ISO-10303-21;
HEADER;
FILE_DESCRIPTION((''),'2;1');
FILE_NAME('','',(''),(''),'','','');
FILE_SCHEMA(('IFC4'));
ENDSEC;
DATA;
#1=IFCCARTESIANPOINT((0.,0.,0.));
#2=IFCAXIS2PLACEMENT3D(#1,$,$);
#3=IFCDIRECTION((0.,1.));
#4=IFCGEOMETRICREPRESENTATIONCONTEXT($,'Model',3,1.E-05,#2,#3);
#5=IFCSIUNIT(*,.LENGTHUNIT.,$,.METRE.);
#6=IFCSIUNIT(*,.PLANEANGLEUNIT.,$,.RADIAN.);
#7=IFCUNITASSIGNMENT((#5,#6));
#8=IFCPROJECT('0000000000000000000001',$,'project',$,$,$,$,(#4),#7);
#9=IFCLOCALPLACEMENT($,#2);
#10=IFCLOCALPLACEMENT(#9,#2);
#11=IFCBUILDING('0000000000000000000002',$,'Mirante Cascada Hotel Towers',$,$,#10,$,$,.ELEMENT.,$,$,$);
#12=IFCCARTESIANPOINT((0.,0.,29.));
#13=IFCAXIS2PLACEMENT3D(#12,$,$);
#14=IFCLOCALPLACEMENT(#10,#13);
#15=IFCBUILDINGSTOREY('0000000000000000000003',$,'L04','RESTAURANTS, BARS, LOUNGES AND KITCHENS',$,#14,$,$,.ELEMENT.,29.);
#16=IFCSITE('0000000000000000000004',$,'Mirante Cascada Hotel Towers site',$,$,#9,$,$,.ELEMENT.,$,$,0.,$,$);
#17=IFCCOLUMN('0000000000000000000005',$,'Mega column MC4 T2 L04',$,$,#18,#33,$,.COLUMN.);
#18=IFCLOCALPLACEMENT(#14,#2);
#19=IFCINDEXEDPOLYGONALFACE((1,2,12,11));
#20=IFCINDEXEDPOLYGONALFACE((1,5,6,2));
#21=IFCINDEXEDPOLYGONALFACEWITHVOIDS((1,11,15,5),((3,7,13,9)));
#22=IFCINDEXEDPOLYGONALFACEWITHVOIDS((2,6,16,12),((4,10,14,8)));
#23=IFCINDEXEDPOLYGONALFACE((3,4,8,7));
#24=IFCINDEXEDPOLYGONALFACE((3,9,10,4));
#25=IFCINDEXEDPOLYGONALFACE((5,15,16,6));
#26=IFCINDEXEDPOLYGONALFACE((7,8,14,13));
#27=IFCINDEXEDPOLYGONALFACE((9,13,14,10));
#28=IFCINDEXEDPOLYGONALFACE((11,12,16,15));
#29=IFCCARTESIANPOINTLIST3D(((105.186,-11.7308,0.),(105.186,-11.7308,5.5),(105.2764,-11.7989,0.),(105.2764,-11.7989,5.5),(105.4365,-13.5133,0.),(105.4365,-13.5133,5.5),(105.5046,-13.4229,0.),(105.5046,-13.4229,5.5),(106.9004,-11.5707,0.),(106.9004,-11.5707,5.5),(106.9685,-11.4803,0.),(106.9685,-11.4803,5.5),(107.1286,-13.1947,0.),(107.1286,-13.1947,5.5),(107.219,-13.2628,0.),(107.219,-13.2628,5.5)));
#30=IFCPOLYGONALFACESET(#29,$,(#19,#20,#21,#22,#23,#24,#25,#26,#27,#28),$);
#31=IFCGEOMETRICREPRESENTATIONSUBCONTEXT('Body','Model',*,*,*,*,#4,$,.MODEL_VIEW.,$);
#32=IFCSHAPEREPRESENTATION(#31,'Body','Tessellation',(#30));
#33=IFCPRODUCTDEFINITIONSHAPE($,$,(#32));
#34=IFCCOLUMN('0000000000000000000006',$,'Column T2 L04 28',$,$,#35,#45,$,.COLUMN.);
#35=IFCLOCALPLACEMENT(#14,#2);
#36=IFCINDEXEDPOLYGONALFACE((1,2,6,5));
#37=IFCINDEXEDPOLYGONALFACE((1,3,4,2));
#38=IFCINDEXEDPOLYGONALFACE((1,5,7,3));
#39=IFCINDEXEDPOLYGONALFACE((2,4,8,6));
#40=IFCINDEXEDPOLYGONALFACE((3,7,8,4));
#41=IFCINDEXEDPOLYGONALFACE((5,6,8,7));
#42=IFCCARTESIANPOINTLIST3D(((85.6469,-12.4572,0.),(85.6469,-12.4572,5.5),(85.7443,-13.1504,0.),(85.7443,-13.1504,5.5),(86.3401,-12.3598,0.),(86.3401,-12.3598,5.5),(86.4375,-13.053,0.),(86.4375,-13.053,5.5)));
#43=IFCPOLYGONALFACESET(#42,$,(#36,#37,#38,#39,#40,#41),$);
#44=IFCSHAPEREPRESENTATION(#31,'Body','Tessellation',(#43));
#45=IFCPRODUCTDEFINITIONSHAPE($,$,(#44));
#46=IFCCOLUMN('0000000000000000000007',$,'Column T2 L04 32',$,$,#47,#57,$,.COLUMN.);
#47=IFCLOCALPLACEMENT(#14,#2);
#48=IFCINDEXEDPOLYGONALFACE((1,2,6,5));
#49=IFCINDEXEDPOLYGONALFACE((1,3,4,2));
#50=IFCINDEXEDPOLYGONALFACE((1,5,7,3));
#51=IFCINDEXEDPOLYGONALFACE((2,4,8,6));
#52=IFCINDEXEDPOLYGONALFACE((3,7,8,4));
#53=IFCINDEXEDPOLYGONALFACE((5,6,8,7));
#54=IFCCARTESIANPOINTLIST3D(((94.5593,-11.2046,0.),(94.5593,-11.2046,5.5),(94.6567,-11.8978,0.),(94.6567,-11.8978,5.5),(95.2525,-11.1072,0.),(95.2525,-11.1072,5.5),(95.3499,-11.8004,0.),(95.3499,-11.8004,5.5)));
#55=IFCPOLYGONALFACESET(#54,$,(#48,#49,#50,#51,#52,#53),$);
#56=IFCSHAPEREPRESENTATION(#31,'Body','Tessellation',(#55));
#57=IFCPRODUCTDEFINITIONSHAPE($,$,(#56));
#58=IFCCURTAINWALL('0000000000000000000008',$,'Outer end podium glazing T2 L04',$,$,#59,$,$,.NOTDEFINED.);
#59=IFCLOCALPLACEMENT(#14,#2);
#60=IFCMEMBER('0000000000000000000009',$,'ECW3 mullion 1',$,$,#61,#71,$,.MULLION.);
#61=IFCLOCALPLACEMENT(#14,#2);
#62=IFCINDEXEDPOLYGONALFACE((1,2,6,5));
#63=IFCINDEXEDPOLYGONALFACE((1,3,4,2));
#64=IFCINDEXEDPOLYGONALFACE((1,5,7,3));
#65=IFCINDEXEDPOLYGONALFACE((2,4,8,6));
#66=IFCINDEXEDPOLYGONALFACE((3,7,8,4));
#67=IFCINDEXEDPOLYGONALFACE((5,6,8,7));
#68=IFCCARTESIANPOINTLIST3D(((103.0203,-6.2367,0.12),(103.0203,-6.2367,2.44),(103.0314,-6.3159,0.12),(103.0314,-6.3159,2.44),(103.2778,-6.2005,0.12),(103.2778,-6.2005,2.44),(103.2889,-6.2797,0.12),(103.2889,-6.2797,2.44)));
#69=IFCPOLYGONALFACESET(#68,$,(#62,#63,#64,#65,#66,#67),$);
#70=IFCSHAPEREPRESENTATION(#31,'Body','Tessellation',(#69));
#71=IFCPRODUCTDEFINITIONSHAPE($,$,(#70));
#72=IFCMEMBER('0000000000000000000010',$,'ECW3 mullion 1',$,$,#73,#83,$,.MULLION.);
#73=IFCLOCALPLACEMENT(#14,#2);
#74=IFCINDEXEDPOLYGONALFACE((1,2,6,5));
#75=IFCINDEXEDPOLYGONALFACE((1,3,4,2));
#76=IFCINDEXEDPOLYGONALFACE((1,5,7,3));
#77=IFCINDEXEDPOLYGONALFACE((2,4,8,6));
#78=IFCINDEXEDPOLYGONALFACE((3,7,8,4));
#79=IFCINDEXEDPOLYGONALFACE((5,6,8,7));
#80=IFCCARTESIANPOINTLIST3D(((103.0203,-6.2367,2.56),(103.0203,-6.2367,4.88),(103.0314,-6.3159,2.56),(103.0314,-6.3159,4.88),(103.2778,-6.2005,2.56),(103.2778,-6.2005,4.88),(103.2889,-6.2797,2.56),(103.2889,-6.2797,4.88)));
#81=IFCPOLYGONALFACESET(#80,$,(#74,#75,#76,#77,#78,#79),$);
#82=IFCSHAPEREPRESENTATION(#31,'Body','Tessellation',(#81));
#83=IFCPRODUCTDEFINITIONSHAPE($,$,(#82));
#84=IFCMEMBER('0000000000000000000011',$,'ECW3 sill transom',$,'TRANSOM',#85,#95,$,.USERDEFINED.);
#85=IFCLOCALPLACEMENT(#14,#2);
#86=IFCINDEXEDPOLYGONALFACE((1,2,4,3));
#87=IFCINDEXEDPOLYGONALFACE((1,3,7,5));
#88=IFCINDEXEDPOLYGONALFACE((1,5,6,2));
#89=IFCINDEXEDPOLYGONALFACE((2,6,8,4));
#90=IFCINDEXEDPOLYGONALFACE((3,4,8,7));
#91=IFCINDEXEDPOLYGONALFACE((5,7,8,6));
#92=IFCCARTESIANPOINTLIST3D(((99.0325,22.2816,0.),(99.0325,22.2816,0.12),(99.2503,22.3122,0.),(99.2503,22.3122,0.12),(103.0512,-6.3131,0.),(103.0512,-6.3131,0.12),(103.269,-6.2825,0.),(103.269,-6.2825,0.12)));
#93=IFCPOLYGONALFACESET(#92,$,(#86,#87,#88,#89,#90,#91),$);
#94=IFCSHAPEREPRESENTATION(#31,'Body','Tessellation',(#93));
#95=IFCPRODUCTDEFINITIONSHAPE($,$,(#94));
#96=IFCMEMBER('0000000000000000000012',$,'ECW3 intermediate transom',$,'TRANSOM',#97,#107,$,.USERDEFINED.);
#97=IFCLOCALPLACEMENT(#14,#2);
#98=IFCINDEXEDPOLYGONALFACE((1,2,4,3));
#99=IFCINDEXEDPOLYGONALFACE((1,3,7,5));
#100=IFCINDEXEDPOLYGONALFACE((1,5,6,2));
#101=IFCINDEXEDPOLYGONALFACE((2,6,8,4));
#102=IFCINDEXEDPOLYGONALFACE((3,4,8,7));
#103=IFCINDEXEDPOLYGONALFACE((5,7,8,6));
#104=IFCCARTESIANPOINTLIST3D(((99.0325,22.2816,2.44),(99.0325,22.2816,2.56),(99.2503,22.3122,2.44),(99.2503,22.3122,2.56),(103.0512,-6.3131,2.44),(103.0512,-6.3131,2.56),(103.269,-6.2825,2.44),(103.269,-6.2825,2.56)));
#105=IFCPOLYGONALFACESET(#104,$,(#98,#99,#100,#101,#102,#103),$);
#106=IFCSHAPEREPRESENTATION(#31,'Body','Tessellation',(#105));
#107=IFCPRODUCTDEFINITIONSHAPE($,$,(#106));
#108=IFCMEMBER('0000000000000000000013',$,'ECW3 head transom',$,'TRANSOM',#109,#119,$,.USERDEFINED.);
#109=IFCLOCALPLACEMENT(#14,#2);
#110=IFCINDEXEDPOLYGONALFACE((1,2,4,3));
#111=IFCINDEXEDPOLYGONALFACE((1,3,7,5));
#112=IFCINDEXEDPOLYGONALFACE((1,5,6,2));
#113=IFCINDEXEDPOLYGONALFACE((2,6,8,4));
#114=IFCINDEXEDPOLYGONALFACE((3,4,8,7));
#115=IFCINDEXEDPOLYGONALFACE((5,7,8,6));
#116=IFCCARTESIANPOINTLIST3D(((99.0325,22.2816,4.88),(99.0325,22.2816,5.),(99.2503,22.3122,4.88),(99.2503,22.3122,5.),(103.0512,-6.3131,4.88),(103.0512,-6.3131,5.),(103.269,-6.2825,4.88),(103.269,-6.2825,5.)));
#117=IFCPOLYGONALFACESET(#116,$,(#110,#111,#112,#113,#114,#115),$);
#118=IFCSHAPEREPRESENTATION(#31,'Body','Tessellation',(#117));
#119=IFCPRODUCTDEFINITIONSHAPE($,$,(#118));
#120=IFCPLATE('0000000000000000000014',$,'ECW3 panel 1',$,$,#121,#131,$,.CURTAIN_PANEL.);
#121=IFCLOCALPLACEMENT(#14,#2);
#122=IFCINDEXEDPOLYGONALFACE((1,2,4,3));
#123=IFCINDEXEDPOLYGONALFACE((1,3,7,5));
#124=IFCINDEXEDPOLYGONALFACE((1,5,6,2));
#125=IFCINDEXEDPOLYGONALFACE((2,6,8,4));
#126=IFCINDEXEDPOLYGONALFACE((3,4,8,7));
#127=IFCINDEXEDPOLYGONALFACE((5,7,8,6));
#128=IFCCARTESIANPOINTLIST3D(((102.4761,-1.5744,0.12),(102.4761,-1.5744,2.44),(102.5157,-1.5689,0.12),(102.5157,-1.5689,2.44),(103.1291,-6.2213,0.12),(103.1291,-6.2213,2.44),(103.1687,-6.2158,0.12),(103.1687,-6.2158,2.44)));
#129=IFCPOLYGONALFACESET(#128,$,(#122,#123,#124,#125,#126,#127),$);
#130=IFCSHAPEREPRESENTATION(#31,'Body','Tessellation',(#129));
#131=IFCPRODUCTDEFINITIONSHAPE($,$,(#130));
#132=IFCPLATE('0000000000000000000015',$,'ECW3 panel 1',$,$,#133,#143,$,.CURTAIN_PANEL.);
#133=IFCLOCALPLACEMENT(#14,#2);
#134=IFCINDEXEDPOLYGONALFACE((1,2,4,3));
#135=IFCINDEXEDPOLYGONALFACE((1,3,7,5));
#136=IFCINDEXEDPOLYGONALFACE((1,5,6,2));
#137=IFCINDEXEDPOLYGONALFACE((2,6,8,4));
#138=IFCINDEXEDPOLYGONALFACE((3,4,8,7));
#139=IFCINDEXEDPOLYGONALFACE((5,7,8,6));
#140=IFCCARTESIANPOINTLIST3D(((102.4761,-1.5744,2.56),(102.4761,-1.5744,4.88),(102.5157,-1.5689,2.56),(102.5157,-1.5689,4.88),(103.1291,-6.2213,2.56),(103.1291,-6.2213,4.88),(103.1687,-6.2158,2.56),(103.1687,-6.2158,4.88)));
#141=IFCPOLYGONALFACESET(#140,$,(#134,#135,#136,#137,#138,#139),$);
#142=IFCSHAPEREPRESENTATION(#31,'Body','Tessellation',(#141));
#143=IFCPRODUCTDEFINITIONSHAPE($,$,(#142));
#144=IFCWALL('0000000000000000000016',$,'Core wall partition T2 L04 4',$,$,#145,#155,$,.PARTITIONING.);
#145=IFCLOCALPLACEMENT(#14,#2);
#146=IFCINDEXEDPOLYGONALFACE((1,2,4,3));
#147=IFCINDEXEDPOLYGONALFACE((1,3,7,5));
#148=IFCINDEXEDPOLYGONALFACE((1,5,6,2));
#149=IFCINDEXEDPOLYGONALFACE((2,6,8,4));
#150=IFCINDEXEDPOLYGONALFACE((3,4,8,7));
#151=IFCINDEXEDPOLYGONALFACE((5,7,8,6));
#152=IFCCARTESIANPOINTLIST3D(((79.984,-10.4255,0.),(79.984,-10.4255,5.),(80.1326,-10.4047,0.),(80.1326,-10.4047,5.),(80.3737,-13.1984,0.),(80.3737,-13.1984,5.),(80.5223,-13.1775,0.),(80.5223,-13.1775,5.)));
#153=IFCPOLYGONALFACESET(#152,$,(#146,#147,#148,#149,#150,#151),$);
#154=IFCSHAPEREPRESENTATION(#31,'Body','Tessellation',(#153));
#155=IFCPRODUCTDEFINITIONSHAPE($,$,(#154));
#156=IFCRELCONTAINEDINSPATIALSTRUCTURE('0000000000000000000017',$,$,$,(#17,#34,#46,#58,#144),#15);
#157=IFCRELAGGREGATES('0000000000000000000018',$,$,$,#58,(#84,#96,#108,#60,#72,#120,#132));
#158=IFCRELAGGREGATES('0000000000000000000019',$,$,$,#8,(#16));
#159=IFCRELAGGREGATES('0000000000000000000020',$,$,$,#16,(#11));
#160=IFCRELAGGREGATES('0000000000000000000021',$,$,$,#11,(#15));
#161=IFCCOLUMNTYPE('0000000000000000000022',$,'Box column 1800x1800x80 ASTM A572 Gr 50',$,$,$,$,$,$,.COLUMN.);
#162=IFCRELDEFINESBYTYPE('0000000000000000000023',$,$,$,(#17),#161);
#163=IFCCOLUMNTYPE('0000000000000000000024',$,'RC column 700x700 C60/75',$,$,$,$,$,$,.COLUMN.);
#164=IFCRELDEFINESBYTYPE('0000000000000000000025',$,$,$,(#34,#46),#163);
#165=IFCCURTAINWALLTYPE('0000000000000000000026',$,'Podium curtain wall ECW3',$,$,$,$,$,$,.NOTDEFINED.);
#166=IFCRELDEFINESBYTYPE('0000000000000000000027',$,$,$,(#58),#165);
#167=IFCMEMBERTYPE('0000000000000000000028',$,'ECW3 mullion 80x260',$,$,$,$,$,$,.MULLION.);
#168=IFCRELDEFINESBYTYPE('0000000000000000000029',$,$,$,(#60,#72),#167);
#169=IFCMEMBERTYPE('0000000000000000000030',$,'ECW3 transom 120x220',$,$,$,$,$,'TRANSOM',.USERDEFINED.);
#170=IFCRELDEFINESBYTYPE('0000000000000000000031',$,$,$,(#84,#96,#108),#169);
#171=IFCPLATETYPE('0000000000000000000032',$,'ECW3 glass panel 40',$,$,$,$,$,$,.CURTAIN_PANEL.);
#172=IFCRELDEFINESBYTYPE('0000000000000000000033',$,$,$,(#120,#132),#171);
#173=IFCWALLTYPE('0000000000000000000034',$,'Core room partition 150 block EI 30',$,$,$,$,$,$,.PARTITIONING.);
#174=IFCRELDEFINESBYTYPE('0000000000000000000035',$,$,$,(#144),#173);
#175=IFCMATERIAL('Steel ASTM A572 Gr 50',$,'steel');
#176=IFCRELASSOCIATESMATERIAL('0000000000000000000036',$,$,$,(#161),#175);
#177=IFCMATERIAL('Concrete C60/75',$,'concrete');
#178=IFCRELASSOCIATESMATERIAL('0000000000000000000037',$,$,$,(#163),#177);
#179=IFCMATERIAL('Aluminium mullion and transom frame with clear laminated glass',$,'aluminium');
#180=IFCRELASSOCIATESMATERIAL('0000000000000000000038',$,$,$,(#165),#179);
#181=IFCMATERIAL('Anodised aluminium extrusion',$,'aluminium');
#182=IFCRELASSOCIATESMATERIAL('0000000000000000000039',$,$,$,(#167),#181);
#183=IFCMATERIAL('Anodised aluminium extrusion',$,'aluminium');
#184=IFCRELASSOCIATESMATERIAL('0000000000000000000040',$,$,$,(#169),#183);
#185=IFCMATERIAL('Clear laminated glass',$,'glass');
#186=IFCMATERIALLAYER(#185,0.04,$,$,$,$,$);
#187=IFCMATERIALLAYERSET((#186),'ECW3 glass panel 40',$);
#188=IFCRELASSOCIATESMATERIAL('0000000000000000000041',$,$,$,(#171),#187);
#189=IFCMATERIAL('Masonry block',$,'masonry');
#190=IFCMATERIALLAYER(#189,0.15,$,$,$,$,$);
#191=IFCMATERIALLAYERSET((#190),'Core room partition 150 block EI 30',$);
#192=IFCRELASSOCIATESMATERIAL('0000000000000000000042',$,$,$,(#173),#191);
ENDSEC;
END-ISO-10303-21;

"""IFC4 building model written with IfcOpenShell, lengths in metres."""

from ifc_helpers import new_model, si_unit, direction, frame, frame_2d, origin, origin_2d, place, context, subcontext, project, spatial, rectangle, hollow_rectangle, extrude, material, layer, layer_set, material_profile, profile_set, type_object, element, aggregate, save


model = new_model("IFC4")

# Units and contexts
model_context = context("Model", 3, precision=1e-05, world=origin(), true_north=direction((0.0, 1.0)))
body_context = subcontext(model_context, "Body", "Model", "MODEL_VIEW")
ifc_project = project(units=[si_unit("LENGTHUNIT", "METRE"), si_unit("PLANEANGLEUNIT", "RADIAN")], contexts=[model_context])

# Site, building, storey
site_placement = place(None, origin())
site = spatial("IfcSite", under=ifc_project, at=site_placement, Name="Mirante Cascada Hotel Towers site", CompositionType="ELEMENT", RefElevation=0.0)
building_placement = place(site_placement, origin())
building = spatial("IfcBuilding", under=site, at=building_placement, Name="Mirante Cascada Hotel Towers", CompositionType="ELEMENT")
storey_placement = place(building_placement, frame((0.0, 0.0, 29.0)))
storey = spatial("IfcBuildingStorey", under=building, at=storey_placement, Name="L04", Description="RESTAURANTS, BARS, LOUNGES AND KITCHENS", CompositionType="ELEMENT", Elevation=29.0)

# Columns
ifc_material_1 = material(Name="Steel ASTM A572 Gr 50", Category="steel")
ifc_material_profile_1 = material_profile(ifc_material_1, hollow_rectangle(XDim=1.8, YDim=1.8, WallThickness=0.08, at=origin_2d()), Name="Box column 1800x1800x80 ASTM A572 Gr 50")
ifc_profile_set_1 = profile_set([ifc_material_profile_1], Name="Steel ASTM A572 Gr 50")
column_type_1 = type_object("IfcColumnType", Name="Box column 1800x1800x80 ASTM A572 Gr 50", PredefinedType="COLUMN", material=ifc_profile_set_1)
column_placement = place(storey_placement, frame((106.2025, -12.4968, 0.0), z_axis=(0.0, 0.0, 1.0), x_axis=(0.990268, 0.139173, 0.0)))
element("IfcColumn", 1, at=column_placement, inside=storey, type_object=column_type_1, Name="Mega column MC4 T2 L04", PredefinedType="COLUMN", context=body_context, shape_type="SweptSolid", body=[
    extrude(hollow_rectangle(XDim=1.8, YDim=1.8, WallThickness=0.08, at=origin_2d()), origin(), (0.0, 0.0, 1.0), 5.5),
])
ifc_material_2 = material(Name="Concrete C60/75", Category="concrete")
ifc_material_profile_2 = material_profile(ifc_material_2, rectangle(XDim=0.7, YDim=0.7, at=origin_2d()), Name="RC column 700x700 C60/75")
ifc_profile_set_2 = profile_set([ifc_material_profile_2], Name="Concrete C60/75")
column_type_2 = type_object("IfcColumnType", Name="RC column 700x700 C60/75", PredefinedType="COLUMN", material=ifc_profile_set_2)
for number, where, z_axis, x_axis, name in (
    (2, (86.0422, -12.7551, 0.0), (0.0, 0.0, 1.0), (0.990268, 0.139173, 0.0), "Column T2 L04 28"),
    (3, (94.9546, -11.5025, 0.0), (0.0, 0.0, 1.0), (0.990268, 0.139173, 0.0), "Column T2 L04 32"),
):
    element("IfcColumn", number, at=place(storey_placement, frame(where, z_axis=z_axis, x_axis=x_axis)), inside=storey, type_object=column_type_2, Name=name, PredefinedType="COLUMN", context=body_context, shape_type="SweptSolid", body=[
        extrude(rectangle(XDim=0.7, YDim=0.7, at=origin_2d()), origin(), (0.0, 0.0, 1.0), 5.5),
    ])

# Curtain wall, members, plates
ifc_material_3 = material(Name="Aluminium mullion and transom frame with clear laminated glass", Category="aluminium")
curtain_wall_type = type_object("IfcCurtainWallType", Name="Podium curtain wall ECW3", PredefinedType="NOTDEFINED", material=ifc_material_3)
curtain_wall_placement = place(storey_placement, origin())
curtain_wall = element("IfcCurtainWall", 4, at=curtain_wall_placement, inside=storey, type_object=curtain_wall_type, Name="Outer end podium glazing T2 L04", PredefinedType="NOTDEFINED")
ifc_material_4 = material(Name="Anodised aluminium extrusion", Category="aluminium")
ifc_material_profile_3 = material_profile(ifc_material_4, rectangle(XDim=0.26, YDim=0.08, at=origin_2d()), Name="ECW3 MULLION 80x260")
ifc_profile_set_3 = profile_set([ifc_material_profile_3], Name="Anodised aluminium extrusion")
member_type_1 = type_object("IfcMemberType", Name="ECW3 mullion 80x260", PredefinedType="MULLION", material=ifc_profile_set_3)
member_1_placement = place(storey_placement, frame((103.1546, -6.2582, 0.12), z_axis=(0.0, 0.0, 1.0), x_axis=(-0.990268, -0.139173, 0.0)))
member_1 = element("IfcMember", 5, at=member_1_placement, type_object=member_type_1, Name="ECW3 mullion 1", PredefinedType="MULLION", context=body_context, shape_type="SweptSolid", body=[
    extrude(rectangle(XDim=0.26, YDim=0.08, at=origin_2d()), origin(), (0.0, 0.0, 1.0), 2.32),
])
member_2_placement = place(storey_placement, frame((103.1546, -6.2582, 2.56), z_axis=(0.0, 0.0, 1.0), x_axis=(-0.990268, -0.139173, 0.0)))
member_2 = element("IfcMember", 6, at=member_2_placement, type_object=member_type_1, Name="ECW3 mullion 1", PredefinedType="MULLION", context=body_context, shape_type="SweptSolid", body=[
    extrude(rectangle(XDim=0.26, YDim=0.08, at=origin_2d()), origin(), (0.0, 0.0, 1.0), 2.32),
])
ifc_material_5 = material(Name="Anodised aluminium extrusion", Category="aluminium")
ifc_material_profile_4 = material_profile(ifc_material_5, rectangle(XDim=0.22, YDim=0.12, at=origin_2d()), Name="ECW3 TRANSOM 120x220")
ifc_profile_set_4 = profile_set([ifc_material_profile_4], Name="Anodised aluminium extrusion")
member_type_2 = type_object("IfcMemberType", Name="ECW3 transom 120x220", ElementType="TRANSOM", PredefinedType="USERDEFINED", material=ifc_profile_set_4)
member_3_placement = place(storey_placement, frame((103.1601, -6.2978, 0.06), z_axis=(-0.139172, 0.990268, 0.0), x_axis=(-0.990268, -0.139172, 0.0)))
member_3 = element("IfcMember", 7, at=member_3_placement, type_object=member_type_2, Name="ECW3 sill transom", ObjectType="TRANSOM", PredefinedType="USERDEFINED", context=body_context, shape_type="SweptSolid", body=[
    extrude(rectangle(XDim=0.22, YDim=0.12, at=origin_2d()), origin(), (0.0, 0.0, 1.0), 28.8757),
])
member_4_placement = place(storey_placement, frame((103.1601, -6.2978, 2.5), z_axis=(-0.139172, 0.990268, 0.0), x_axis=(-0.990268, -0.139172, 0.0)))
member_4 = element("IfcMember", 8, at=member_4_placement, type_object=member_type_2, Name="ECW3 intermediate transom", ObjectType="TRANSOM", PredefinedType="USERDEFINED", context=body_context, shape_type="SweptSolid", body=[
    extrude(rectangle(XDim=0.22, YDim=0.12, at=origin_2d()), origin(), (0.0, 0.0, 1.0), 28.8757),
])
member_5_placement = place(storey_placement, frame((103.1601, -6.2978, 4.94), z_axis=(-0.139172, 0.990268, 0.0), x_axis=(-0.990268, -0.139172, 0.0)))
member_5 = element("IfcMember", 9, at=member_5_placement, type_object=member_type_2, Name="ECW3 head transom", ObjectType="TRANSOM", PredefinedType="USERDEFINED", context=body_context, shape_type="SweptSolid", body=[
    extrude(rectangle(XDim=0.22, YDim=0.12, at=origin_2d()), origin(), (0.0, 0.0, 1.0), 28.8757),
])
ifc_material_6 = material(Name="Clear laminated glass", Category="glass")
ifc_layer_1 = layer(ifc_material_6, 0.04)
ifc_layer_set_1 = layer_set([ifc_layer_1], Name="ECW3 glass panel 40")
plate_type = type_object("IfcPlateType", Name="ECW3 glass panel 40", PredefinedType="CURTAIN_PANEL", material=ifc_layer_set_1)
plate_1_placement = place(storey_placement, frame((102.8224, -3.8951, 0.12), z_axis=(0.0, 0.0, 1.0), x_axis=(-0.139173, 0.990268, 0.0)))
plate_1 = element("IfcPlate", 10, at=plate_1_placement, type_object=plate_type, Name="ECW3 panel 1", PredefinedType="CURTAIN_PANEL", context=body_context, shape_type="SweptSolid", body=[
    extrude(rectangle(XDim=4.6926, YDim=0.04, at=origin_2d()), origin(), (0.0, 0.0, 1.0), 2.32),
])
plate_2_placement = place(storey_placement, frame((102.8224, -3.8951, 2.56), z_axis=(0.0, 0.0, 1.0), x_axis=(-0.139173, 0.990268, 0.0)))
plate_2 = element("IfcPlate", 11, at=plate_2_placement, type_object=plate_type, Name="ECW3 panel 1", PredefinedType="CURTAIN_PANEL", context=body_context, shape_type="SweptSolid", body=[
    extrude(rectangle(XDim=4.6926, YDim=0.04, at=origin_2d()), origin(), (0.0, 0.0, 1.0), 2.32),
])
aggregate(curtain_wall, [member_3, member_4, member_5, member_1, member_2, plate_1, plate_2])

# Wall
ifc_material_7 = material(Name="Masonry block", Category="masonry")
ifc_layer_2 = layer(ifc_material_7, 0.15)
ifc_layer_set_2 = layer_set([ifc_layer_2], Name="Core room partition 150 block EI 30")
wall_type_1 = type_object("IfcWallType", Name="Core room partition 150 block EI 30", PredefinedType="PARTITIONING", material=ifc_layer_set_2)
wall_1_placement = place(storey_placement, frame((80.448, -13.1879, 0.0), z_axis=(0.0, 0.0, 1.0), x_axis=(-0.139176, 0.990268, 0.0)))
element("IfcWall", 12, at=wall_1_placement, inside=storey, type_object=wall_type_1, Name="Core wall partition T2 L04 4", PredefinedType="PARTITIONING", context=body_context, shape_type="SweptSolid", body=[
    extrude(rectangle(XDim=2.8001, YDim=0.15, at=frame_2d((1.4, 0.0))), origin(), (0.0, 0.0, 1.0), 5.0),
])

save(model, "model.ifc")
